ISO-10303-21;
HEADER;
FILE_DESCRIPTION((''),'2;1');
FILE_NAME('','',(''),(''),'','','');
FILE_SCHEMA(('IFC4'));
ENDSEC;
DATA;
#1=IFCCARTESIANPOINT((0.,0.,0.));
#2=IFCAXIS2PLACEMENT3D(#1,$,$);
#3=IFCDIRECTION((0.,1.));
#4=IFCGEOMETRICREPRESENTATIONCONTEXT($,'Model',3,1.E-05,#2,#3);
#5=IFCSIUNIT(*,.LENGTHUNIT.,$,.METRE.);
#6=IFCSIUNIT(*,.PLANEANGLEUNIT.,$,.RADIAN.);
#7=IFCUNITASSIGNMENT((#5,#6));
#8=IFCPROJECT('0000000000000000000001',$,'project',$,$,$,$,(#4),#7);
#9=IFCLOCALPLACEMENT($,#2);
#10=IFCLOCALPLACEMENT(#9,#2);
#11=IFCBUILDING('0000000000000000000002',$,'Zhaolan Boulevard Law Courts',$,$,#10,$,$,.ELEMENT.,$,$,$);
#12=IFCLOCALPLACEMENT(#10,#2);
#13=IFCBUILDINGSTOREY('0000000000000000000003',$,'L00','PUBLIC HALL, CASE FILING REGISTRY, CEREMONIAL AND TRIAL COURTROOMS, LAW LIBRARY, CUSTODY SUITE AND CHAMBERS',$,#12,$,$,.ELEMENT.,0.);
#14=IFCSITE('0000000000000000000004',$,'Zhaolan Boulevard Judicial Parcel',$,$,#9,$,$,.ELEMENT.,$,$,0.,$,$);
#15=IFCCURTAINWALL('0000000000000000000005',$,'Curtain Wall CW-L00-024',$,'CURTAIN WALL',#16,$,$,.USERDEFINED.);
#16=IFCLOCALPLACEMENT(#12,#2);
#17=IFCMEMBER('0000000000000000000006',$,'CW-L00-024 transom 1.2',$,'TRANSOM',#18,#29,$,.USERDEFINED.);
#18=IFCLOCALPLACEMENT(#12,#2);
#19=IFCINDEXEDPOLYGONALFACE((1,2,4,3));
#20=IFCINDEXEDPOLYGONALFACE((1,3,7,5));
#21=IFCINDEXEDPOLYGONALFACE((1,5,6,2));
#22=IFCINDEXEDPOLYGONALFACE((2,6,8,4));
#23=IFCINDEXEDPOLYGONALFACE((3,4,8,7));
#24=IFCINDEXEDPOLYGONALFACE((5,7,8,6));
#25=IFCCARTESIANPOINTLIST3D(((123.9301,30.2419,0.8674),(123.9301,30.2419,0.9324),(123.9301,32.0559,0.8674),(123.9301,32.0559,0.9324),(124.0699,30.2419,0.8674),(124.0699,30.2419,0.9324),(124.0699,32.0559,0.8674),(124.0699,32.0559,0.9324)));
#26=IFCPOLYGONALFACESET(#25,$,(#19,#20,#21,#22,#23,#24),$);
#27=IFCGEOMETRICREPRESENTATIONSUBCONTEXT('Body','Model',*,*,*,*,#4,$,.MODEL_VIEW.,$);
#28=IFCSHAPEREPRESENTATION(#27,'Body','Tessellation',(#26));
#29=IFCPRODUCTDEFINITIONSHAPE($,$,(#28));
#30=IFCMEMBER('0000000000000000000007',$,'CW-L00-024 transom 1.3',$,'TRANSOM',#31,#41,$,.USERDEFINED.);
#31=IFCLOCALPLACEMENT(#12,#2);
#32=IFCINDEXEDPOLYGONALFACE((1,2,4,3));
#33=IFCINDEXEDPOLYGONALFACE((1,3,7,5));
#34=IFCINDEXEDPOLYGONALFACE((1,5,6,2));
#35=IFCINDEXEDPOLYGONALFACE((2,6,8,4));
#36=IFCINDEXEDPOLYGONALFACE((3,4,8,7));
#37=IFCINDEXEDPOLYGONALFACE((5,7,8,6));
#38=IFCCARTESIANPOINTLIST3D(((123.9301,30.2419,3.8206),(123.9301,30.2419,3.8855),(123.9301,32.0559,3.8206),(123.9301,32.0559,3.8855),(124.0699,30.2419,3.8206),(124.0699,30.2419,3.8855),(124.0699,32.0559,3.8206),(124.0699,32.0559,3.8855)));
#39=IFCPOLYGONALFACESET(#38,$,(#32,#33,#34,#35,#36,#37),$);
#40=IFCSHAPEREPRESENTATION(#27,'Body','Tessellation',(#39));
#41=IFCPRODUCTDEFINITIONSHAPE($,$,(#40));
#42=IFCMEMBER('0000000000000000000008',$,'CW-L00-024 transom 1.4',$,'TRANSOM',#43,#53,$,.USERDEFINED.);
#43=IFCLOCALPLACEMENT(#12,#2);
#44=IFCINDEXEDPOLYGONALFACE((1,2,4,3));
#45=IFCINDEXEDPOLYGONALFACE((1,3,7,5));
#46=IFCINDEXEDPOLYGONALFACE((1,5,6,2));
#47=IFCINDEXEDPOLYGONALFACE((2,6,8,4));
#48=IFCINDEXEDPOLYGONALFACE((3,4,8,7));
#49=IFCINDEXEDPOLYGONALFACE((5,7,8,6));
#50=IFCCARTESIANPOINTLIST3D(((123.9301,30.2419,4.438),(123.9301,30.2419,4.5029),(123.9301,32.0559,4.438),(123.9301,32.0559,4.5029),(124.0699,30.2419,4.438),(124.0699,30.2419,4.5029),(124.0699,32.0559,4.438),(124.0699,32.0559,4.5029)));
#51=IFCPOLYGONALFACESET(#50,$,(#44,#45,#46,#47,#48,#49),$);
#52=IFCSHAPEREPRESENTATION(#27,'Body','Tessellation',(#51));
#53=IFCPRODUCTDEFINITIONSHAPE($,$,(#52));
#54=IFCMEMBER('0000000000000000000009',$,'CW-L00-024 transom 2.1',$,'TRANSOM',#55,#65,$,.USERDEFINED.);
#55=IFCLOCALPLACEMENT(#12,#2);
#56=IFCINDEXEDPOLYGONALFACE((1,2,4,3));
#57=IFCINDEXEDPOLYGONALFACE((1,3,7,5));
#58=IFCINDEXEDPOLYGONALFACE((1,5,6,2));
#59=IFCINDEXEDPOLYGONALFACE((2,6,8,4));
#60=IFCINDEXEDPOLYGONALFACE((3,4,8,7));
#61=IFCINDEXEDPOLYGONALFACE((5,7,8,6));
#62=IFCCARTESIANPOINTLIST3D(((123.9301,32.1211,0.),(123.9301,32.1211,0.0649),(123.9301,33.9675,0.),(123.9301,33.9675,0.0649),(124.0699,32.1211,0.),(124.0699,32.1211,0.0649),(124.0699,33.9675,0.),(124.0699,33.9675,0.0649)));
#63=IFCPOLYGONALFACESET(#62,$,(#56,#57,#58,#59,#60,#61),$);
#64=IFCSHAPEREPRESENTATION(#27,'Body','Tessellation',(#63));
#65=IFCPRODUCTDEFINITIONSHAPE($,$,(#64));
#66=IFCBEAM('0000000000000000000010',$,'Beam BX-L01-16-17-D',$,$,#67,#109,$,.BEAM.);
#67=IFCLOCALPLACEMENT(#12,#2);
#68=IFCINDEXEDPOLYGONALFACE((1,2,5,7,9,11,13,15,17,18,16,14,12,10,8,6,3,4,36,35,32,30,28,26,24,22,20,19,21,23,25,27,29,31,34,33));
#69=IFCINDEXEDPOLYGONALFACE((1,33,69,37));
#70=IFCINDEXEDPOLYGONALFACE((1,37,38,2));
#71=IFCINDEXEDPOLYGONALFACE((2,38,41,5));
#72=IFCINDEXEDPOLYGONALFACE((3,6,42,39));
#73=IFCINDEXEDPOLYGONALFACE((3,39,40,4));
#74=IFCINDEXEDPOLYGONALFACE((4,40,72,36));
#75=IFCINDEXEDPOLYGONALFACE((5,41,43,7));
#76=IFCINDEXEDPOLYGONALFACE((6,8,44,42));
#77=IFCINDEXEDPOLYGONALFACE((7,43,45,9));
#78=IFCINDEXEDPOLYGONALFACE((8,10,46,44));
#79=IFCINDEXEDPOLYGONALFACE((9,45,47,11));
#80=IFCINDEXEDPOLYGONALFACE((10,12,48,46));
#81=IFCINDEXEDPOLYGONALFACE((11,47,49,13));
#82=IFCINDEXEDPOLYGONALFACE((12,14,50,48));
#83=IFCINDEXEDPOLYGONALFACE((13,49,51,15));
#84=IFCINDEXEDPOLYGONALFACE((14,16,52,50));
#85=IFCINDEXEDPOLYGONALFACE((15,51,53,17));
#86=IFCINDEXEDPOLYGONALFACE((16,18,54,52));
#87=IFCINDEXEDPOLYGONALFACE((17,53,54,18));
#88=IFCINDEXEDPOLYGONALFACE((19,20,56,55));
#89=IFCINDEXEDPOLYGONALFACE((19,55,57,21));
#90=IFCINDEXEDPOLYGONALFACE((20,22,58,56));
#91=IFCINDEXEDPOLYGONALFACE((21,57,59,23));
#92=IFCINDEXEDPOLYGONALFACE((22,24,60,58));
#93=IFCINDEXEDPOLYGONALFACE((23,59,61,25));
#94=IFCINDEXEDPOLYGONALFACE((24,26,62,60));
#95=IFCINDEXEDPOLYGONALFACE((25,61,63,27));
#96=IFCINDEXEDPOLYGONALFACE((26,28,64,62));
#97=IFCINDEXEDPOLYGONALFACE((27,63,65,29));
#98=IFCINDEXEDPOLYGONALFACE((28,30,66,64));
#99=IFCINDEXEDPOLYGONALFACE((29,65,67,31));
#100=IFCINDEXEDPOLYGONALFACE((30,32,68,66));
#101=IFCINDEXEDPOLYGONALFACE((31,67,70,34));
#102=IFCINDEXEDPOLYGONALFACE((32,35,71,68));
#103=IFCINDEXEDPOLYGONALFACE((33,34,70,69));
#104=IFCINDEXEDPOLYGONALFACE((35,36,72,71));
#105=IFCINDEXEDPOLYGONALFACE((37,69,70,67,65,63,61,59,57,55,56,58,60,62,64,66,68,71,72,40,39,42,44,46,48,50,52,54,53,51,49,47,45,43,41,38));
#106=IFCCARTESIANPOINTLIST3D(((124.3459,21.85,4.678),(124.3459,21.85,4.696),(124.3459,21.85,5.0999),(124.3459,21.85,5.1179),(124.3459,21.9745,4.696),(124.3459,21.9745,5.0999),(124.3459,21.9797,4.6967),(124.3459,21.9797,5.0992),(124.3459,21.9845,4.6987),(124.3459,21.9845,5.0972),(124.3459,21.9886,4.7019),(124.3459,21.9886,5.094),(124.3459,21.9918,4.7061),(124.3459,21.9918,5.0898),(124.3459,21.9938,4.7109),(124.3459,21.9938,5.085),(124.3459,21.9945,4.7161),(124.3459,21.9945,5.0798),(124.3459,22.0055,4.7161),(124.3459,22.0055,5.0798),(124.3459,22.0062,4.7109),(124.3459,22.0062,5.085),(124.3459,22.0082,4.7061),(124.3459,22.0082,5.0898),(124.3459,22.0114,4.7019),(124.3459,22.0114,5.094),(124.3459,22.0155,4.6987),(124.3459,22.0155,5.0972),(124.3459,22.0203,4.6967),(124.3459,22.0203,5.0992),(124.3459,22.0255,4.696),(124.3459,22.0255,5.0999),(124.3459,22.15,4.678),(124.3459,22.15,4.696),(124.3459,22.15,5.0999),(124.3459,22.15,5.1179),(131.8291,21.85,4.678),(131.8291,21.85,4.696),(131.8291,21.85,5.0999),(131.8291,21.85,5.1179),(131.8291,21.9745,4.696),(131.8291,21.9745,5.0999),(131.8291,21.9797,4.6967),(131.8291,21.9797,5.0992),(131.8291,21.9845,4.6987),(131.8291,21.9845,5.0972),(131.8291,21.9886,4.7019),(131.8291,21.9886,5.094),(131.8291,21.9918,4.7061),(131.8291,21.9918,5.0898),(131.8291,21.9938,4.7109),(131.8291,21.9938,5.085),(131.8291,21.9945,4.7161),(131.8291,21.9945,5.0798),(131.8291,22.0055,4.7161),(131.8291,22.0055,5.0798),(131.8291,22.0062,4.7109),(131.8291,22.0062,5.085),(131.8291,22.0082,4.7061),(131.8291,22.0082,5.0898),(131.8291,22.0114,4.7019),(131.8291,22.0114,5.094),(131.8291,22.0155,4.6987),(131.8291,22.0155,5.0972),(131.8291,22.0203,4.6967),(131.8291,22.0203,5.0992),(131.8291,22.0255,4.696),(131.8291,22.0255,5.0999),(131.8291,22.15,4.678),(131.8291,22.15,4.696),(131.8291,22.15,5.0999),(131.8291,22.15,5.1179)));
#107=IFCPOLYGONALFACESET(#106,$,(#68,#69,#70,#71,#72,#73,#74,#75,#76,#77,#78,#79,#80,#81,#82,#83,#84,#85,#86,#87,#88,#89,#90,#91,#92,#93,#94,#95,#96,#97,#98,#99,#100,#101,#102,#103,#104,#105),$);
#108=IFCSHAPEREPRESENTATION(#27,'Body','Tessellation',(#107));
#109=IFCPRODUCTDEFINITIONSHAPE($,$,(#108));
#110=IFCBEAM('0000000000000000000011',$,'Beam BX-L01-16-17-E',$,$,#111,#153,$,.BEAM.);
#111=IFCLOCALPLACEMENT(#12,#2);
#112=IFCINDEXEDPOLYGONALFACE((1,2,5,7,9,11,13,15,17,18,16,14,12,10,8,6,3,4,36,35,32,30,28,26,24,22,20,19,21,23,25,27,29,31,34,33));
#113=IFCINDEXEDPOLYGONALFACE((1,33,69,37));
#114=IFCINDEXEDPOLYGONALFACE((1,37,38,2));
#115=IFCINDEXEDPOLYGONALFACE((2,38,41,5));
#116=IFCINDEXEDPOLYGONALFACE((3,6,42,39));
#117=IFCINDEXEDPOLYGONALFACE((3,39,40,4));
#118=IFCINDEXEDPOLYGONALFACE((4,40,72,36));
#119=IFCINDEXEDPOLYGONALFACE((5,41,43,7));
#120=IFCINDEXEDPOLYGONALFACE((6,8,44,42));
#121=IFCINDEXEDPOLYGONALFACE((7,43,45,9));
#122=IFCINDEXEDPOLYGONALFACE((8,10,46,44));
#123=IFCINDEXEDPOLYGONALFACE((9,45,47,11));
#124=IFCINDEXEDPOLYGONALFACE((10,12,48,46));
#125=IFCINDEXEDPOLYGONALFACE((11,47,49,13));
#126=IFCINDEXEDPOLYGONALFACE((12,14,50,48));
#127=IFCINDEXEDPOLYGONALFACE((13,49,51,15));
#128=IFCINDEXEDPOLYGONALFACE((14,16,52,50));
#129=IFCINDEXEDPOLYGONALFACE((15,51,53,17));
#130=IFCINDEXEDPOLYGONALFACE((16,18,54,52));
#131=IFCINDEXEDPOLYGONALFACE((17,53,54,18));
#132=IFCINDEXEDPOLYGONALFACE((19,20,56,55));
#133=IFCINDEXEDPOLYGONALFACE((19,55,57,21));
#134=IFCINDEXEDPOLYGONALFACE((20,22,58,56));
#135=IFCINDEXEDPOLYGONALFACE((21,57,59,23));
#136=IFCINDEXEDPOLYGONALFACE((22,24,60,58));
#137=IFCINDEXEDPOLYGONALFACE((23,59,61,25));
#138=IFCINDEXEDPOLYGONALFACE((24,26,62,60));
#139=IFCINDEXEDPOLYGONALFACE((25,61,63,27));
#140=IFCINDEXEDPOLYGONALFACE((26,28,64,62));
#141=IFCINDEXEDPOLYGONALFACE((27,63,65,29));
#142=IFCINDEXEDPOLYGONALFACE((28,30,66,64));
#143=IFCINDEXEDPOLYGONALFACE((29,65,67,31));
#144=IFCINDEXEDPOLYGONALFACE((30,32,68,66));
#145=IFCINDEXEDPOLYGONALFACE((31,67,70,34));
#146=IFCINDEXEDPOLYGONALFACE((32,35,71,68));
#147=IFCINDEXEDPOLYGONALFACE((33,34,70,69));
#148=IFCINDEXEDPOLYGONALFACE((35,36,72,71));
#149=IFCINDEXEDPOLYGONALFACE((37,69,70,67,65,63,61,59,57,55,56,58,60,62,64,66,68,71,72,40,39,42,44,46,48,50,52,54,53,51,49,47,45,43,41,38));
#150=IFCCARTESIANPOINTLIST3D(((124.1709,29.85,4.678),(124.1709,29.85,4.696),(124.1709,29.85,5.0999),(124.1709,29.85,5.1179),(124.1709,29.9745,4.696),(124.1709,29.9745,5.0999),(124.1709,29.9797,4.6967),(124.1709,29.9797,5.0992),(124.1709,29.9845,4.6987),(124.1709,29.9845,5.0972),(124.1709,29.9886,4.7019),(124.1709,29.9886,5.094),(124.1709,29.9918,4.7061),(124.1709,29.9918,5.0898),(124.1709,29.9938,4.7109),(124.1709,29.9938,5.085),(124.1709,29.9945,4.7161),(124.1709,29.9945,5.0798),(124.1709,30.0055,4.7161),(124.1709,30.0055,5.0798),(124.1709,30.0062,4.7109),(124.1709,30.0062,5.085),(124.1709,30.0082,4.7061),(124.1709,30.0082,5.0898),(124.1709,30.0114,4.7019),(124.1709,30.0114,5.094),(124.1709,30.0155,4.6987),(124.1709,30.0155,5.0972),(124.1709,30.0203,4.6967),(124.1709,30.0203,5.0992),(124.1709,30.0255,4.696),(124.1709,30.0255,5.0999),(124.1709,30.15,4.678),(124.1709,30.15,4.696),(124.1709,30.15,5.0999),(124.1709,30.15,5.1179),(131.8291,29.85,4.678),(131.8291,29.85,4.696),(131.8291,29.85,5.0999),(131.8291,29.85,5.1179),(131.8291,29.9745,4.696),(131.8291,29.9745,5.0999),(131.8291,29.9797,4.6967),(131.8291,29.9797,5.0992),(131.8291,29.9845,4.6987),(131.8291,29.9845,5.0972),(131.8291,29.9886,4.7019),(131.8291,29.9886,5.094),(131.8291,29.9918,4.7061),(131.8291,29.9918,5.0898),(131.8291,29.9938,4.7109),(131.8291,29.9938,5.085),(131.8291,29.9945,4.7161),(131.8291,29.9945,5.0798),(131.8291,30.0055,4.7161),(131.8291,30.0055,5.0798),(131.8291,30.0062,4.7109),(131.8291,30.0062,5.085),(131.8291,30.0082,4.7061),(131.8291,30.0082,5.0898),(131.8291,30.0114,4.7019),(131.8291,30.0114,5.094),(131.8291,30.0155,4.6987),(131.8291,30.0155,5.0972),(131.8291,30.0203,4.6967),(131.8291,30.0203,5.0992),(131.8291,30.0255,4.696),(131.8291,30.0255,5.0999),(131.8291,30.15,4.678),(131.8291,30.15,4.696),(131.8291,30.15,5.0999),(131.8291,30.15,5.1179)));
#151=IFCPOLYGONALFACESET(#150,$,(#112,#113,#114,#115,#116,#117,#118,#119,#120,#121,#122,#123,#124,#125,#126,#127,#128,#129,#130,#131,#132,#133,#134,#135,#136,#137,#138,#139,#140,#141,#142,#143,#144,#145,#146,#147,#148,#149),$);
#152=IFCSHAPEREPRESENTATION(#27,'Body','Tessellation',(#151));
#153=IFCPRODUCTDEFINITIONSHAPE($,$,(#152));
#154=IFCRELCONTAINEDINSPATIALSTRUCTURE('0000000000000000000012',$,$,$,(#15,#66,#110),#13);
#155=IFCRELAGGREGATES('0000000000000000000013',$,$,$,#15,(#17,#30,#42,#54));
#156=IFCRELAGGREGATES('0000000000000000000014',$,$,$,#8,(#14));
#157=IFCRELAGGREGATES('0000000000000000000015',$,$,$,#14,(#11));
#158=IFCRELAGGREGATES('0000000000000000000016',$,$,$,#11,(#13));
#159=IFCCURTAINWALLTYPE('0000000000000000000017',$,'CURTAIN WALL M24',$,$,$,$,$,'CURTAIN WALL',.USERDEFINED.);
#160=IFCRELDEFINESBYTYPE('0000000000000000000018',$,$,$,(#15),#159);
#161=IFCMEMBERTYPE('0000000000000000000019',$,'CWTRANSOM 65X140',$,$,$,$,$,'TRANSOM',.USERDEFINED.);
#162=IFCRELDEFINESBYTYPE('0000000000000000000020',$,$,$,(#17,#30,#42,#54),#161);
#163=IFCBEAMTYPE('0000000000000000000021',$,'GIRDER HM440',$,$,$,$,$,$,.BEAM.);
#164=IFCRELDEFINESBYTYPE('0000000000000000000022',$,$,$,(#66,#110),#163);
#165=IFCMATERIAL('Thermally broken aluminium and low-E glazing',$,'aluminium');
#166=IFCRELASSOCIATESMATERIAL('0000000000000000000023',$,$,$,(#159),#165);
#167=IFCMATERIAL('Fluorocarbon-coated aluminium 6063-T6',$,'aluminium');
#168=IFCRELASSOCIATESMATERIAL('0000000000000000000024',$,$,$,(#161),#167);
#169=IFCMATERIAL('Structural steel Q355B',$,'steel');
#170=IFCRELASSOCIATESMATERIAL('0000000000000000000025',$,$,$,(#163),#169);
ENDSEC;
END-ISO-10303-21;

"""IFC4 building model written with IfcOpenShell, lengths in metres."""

from ifc_helpers import new_model, si_unit, direction, frame, origin, origin_2d, place, context, subcontext, project, spatial, rectangle, i_section, extrude, material, material_profile, profile_set, type_object, element, aggregate, save


model = new_model("IFC4")

# Units and contexts
model_context = context("Model", 3, precision=1e-05, world=origin(), true_north=direction((0.0, 1.0)))
body_context = subcontext(model_context, "Body", "Model", "MODEL_VIEW")
ifc_project = project(units=[si_unit("LENGTHUNIT", "METRE"), si_unit("PLANEANGLEUNIT", "RADIAN")], contexts=[model_context])

# Site, building, storey
site_placement = place(None, origin())
site = spatial("IfcSite", under=ifc_project, at=site_placement, Name="Zhaolan Boulevard Judicial Parcel", CompositionType="ELEMENT", RefElevation=0.0)
building_placement = place(site_placement, origin())
building = spatial("IfcBuilding", under=site, at=building_placement, Name="Zhaolan Boulevard Law Courts", CompositionType="ELEMENT")
storey_placement = place(building_placement, origin())
storey = spatial("IfcBuildingStorey", under=building, at=storey_placement, Name="L00", Description="PUBLIC HALL, CASE FILING REGISTRY, CEREMONIAL AND TRIAL COURTROOMS, LAW LIBRARY, CUSTODY SUITE AND CHAMBERS", CompositionType="ELEMENT", Elevation=0.0)

# Curtain wall, members
ifc_material_1 = material(Name="Thermally broken aluminium and low-E glazing", Category="aluminium")
curtain_wall_type = type_object("IfcCurtainWallType", Name="CURTAIN WALL M24", ElementType="CURTAIN WALL", PredefinedType="USERDEFINED", material=ifc_material_1)
curtain_wall_placement = place(storey_placement, origin())
curtain_wall = element("IfcCurtainWall", 1, at=curtain_wall_placement, inside=storey, type_object=curtain_wall_type, Name="Curtain Wall CW-L00-024", ObjectType="CURTAIN WALL", PredefinedType="USERDEFINED")
ifc_material_2 = material(Name="Fluorocarbon-coated aluminium 6063-T6", Category="aluminium")
ifc_material_profile_1 = material_profile(ifc_material_2, rectangle(XDim=0.1399, YDim=0.0649, at=origin_2d()), Name="AL65x140")
ifc_profile_set_1 = profile_set([ifc_material_profile_1], Name="Fluorocarbon-coated aluminium 6063-T6")
member_type_1 = type_object("IfcMemberType", Name="CWTRANSOM 65X140", ElementType="TRANSOM", PredefinedType="USERDEFINED", material=ifc_profile_set_1)
member_1_placement = place(storey_placement, frame((124.0, 30.2419, 0.8999), z_axis=(0.0, 1.0, 0.0), x_axis=(-1.0, 0.0, 0.0)))
member_1 = element("IfcMember", 2, at=member_1_placement, type_object=member_type_1, Name="CW-L00-024 transom 1.2", ObjectType="TRANSOM", PredefinedType="USERDEFINED", context=body_context, shape_type="SweptSolid", body=[
    extrude(rectangle(XDim=0.1399, YDim=0.0649, at=origin_2d()), origin(), (0.0, 0.0, 1.0), 1.814),
])
member_2_placement = place(storey_placement, frame((124.0, 30.2419, 3.853), z_axis=(0.0, 1.0, 0.0), x_axis=(-1.0, 0.0, 0.0)))
member_2 = element("IfcMember", 3, at=member_2_placement, type_object=member_type_1, Name="CW-L00-024 transom 1.3", ObjectType="TRANSOM", PredefinedType="USERDEFINED", context=body_context, shape_type="SweptSolid", body=[
    extrude(rectangle(XDim=0.1399, YDim=0.0649, at=origin_2d()), origin(), (0.0, 0.0, 1.0), 1.814),
])
member_3_placement = place(storey_placement, frame((124.0, 30.2419, 4.4705), z_axis=(0.0, 1.0, 0.0), x_axis=(-1.0, 0.0, 0.0)))
member_3 = element("IfcMember", 4, at=member_3_placement, type_object=member_type_1, Name="CW-L00-024 transom 1.4", ObjectType="TRANSOM", PredefinedType="USERDEFINED", context=body_context, shape_type="SweptSolid", body=[
    extrude(rectangle(XDim=0.1399, YDim=0.0649, at=origin_2d()), origin(), (0.0, 0.0, 1.0), 1.814),
])
member_4_placement = place(storey_placement, frame((124.0, 32.1211, 0.0325), z_axis=(0.0, 1.0, 0.0), x_axis=(-1.0, 0.0, 0.0)))
member_4 = element("IfcMember", 5, at=member_4_placement, type_object=member_type_1, Name="CW-L00-024 transom 2.1", ObjectType="TRANSOM", PredefinedType="USERDEFINED", context=body_context, shape_type="SweptSolid", body=[
    extrude(rectangle(XDim=0.1399, YDim=0.0649, at=origin_2d()), origin(), (0.0, 0.0, 1.0), 1.8464),
])

# Beams
ifc_material_3 = material(Name="Structural steel Q355B", Category="steel")
ifc_material_profile_2 = material_profile(ifc_material_3, i_section(OverallWidth=0.3, OverallDepth=0.4399, WebThickness=0.011, FlangeThickness=0.0181, FilletRadius=0.02, at=origin_2d()), Name="HM440x300")
ifc_profile_set_2 = profile_set([ifc_material_profile_2], Name="Structural steel Q355B")
beam_type_1 = type_object("IfcBeamType", Name="GIRDER HM440", PredefinedType="BEAM", material=ifc_profile_set_2)
beam_1_placement = place(storey_placement, frame((124.3459, 22.0, 4.8979), z_axis=(1.0, 0.0, 0.0), x_axis=(0.0, 1.0, 0.0)))
element("IfcBeam", 6, at=beam_1_placement, inside=storey, type_object=beam_type_1, Name="Beam BX-L01-16-17-D", PredefinedType="BEAM", context=body_context, shape_type="SweptSolid", body=[
    extrude(i_section(OverallWidth=0.3, OverallDepth=0.4399, WebThickness=0.011, FlangeThickness=0.0181, FilletRadius=0.02, at=origin_2d()), origin(), (0.0, 0.0, 1.0), 7.4832),
])
beam_2_placement = place(storey_placement, frame((124.1709, 30.0, 4.8979), z_axis=(1.0, 0.0, 0.0), x_axis=(0.0, 1.0, 0.0)))
element("IfcBeam", 7, at=beam_2_placement, inside=storey, type_object=beam_type_1, Name="Beam BX-L01-16-17-E", PredefinedType="BEAM", context=body_context, shape_type="SweptSolid", body=[
    extrude(i_section(OverallWidth=0.3, OverallDepth=0.4399, WebThickness=0.011, FlangeThickness=0.0181, FilletRadius=0.02, at=origin_2d()), origin(), (0.0, 0.0, 1.0), 7.6582),
])

aggregate(curtain_wall, [member_1, member_2, member_3, member_4])

save(model, "model.ifc")
